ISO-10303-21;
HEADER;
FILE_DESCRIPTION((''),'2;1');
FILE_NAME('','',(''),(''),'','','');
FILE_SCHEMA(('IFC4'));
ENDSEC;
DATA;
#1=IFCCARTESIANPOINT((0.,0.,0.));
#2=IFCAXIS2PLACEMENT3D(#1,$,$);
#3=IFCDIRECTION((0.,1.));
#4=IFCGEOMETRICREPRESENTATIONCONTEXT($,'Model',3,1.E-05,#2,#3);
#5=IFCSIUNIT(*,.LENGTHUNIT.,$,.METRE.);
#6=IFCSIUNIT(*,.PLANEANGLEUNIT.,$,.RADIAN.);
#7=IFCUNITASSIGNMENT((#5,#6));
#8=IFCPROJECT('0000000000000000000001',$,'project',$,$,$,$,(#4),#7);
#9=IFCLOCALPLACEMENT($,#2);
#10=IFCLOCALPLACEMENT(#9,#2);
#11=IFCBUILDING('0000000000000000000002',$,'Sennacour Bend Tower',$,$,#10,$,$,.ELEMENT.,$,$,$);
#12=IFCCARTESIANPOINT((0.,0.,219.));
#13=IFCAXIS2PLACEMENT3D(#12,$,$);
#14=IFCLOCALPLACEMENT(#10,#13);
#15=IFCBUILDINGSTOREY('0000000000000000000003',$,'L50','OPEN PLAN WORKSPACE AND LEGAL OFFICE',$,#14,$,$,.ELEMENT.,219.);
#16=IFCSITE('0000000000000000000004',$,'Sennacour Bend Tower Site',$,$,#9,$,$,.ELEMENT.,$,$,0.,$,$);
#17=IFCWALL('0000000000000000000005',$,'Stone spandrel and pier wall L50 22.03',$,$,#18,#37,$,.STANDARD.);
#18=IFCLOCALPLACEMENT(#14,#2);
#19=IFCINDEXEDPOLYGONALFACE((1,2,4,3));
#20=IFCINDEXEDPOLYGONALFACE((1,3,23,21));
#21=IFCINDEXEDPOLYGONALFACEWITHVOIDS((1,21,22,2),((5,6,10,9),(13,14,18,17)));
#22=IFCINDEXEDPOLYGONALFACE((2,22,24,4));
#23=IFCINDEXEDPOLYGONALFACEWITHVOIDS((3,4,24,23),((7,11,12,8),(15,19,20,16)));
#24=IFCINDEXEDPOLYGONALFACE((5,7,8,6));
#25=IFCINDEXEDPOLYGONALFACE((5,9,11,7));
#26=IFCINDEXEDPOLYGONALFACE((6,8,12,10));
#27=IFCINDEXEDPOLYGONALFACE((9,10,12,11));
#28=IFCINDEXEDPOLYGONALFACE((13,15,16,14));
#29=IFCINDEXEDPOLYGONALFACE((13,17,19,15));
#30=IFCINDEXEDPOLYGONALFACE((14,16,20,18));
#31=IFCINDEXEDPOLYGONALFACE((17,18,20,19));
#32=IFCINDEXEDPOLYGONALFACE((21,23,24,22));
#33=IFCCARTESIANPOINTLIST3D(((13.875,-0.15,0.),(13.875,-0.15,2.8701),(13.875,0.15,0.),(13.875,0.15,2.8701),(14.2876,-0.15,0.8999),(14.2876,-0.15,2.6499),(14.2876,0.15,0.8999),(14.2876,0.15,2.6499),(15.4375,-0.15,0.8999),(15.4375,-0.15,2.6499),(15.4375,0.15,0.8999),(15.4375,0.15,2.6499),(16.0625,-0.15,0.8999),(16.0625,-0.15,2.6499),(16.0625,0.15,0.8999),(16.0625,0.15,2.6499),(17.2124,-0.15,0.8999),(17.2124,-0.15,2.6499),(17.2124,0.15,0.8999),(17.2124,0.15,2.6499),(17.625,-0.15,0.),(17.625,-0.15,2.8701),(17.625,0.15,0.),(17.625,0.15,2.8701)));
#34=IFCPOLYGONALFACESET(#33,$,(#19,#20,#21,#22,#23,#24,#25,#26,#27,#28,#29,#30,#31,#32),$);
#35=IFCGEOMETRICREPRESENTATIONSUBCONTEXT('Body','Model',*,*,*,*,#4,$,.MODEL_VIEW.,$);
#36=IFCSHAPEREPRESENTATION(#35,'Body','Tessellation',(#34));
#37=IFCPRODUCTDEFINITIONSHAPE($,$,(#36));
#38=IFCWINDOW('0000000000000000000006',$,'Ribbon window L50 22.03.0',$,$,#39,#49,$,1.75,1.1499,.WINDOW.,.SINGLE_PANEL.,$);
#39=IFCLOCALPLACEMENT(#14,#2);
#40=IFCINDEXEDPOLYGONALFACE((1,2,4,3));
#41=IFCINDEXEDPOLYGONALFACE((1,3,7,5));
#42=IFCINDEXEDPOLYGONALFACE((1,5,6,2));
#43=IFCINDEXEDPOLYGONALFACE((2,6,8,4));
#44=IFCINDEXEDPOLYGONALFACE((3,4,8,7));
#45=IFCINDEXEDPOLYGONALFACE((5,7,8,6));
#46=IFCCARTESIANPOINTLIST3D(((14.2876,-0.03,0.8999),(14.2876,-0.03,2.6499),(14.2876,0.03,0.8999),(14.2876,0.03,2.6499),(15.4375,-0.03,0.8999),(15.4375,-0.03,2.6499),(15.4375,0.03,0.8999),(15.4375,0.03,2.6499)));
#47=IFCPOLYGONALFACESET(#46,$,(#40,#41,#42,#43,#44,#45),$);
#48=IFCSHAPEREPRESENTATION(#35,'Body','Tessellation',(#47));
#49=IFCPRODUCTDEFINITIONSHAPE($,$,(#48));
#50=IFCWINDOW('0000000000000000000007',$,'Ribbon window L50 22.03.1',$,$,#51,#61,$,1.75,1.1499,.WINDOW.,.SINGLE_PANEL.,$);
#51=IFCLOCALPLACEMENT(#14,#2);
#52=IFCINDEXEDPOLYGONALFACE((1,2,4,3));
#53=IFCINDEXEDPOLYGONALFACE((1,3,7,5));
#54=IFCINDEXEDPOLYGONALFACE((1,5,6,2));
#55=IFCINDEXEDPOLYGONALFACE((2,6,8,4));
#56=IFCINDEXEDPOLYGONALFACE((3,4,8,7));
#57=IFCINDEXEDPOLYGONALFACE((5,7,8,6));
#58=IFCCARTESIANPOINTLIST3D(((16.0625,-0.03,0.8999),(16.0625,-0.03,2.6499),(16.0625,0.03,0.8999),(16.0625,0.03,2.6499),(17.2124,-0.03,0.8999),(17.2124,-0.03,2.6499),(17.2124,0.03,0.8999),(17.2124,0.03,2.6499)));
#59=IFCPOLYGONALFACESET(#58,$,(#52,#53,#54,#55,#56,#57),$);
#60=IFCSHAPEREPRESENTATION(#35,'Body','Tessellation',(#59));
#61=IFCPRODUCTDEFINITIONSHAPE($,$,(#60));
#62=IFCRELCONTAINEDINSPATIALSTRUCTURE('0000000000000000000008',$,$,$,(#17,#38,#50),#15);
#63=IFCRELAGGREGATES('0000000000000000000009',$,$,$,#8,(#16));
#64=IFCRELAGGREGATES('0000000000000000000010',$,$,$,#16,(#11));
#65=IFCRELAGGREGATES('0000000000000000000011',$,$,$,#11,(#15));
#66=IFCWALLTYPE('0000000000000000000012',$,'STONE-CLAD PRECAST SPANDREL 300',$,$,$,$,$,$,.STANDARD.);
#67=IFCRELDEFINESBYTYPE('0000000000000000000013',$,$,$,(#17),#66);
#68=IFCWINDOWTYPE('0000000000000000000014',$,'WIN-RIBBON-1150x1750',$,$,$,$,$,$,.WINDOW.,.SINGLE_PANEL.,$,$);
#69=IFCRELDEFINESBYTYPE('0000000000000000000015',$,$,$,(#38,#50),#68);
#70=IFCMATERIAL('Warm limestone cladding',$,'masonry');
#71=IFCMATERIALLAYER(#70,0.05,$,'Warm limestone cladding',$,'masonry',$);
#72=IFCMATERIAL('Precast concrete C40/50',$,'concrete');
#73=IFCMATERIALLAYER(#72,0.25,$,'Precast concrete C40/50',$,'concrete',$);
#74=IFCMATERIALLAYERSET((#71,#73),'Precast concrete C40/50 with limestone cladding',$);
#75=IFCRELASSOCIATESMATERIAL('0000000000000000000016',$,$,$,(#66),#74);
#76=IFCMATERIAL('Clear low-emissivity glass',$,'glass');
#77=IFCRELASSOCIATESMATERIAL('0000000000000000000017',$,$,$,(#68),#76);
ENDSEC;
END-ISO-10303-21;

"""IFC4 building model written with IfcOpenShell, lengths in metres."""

from ifc_helpers import new_model, si_unit, direction, frame, frame_2d, origin, place, context, subcontext, project, spatial, rectangle, extrude, material, layer, layer_set, type_object, element, fill, save


model = new_model("IFC4")

# Units and contexts
model_context = context("Model", 3, precision=1e-05, world=origin(), true_north=direction((0.0, 1.0)))
body_context = subcontext(model_context, "Body", "Model", "MODEL_VIEW")
ifc_project = project(units=[si_unit("LENGTHUNIT", "METRE"), si_unit("PLANEANGLEUNIT", "RADIAN")], contexts=[model_context])

# Site, building, storey
site_placement = place(None, origin())
site = spatial("IfcSite", under=ifc_project, at=site_placement, Name="Sennacour Bend Tower Site", CompositionType="ELEMENT", RefElevation=0.0)
building_placement = place(site_placement, origin())
building = spatial("IfcBuilding", under=site, at=building_placement, Name="Sennacour Bend Tower", CompositionType="ELEMENT")
storey_placement = place(building_placement, frame((0.0, 0.0, 219.0)))
storey = spatial("IfcBuildingStorey", under=building, at=storey_placement, Name="L50", Description="OPEN PLAN WORKSPACE AND LEGAL OFFICE", CompositionType="ELEMENT", Elevation=219.0)

# Wall, openings, windows
ifc_material_1 = material(Name="Warm limestone cladding", Category="masonry")
ifc_layer_1 = layer(ifc_material_1, 0.05, Name="Warm limestone cladding", Category="masonry")
ifc_material_2 = material(Name="Precast concrete C40/50", Category="concrete")
ifc_layer_2 = layer(ifc_material_2, 0.25, Name="Precast concrete C40/50", Category="concrete")
ifc_layer_set_1 = layer_set([ifc_layer_1, ifc_layer_2], Name="Precast concrete C40/50 with limestone cladding")
wall_type_1 = type_object("IfcWallType", Name="STONE-CLAD PRECAST SPANDREL 300", PredefinedType="STANDARD", material=ifc_layer_set_1)
wall_1_placement = place(storey_placement, frame((13.875, 0.0, 0.0), z_axis=(0.0, 0.0, 1.0), x_axis=(1.0, 0.0, 0.0)))
wall_1 = element("IfcWall", 1, at=wall_1_placement, inside=storey, type_object=wall_type_1, Name="Stone spandrel and pier wall L50 22.03", PredefinedType="STANDARD", context=body_context, shape_type="SweptSolid", body=[
    extrude(rectangle(XDim=3.75, YDim=0.3, at=frame_2d((1.875, 0.0))), origin(), (0.0, 0.0, 1.0), 2.8701),
])
opening_1_placement = place(wall_1_placement, frame((0.4126, 0.0, 0.8999)))
opening_1 = element("IfcOpeningElement", 2, at=opening_1_placement, cuts=wall_1, PredefinedType="OPENING", context=body_context, shape_type="SweptSolid", body=[
    extrude(rectangle(XDim=1.1499, YDim=1.75, at=frame_2d((0.575, 0.875))), frame((0.0, 0.1602, 0.0), z_axis=(0.0, -1.0, 0.0), x_axis=(1.0, 0.0, 0.0)), (0.0, 0.0, 1.0), 0.3201),
])
opening_2_placement = place(wall_1_placement, frame((2.1875, 0.0, 0.8999)))
opening_2 = element("IfcOpeningElement", 3, at=opening_2_placement, cuts=wall_1, PredefinedType="OPENING", context=body_context, shape_type="SweptSolid", body=[
    extrude(rectangle(XDim=1.1499, YDim=1.75, at=frame_2d((0.575, 0.875))), frame((0.0, 0.1602, 0.0), z_axis=(0.0, -1.0, 0.0), x_axis=(1.0, 0.0, 0.0)), (0.0, 0.0, 1.0), 0.3201),
])
ifc_material_3 = material(Name="Clear low-emissivity glass", Category="glass")
window_type = type_object("IfcWindowType", Name="WIN-RIBBON-1150x1750", PartitioningType="SINGLE_PANEL", PredefinedType="WINDOW", material=ifc_material_3)
window_1_placement = place(opening_1_placement, origin())
window_1 = element("IfcWindow", 4, at=window_1_placement, inside=storey, type_object=window_type, Name="Ribbon window L50 22.03.0", OverallHeight=1.75, OverallWidth=1.1499, PartitioningType="SINGLE_PANEL", PredefinedType="WINDOW", context=body_context, shape_type="SweptSolid", body=[
    extrude(rectangle(XDim=1.1499, YDim=1.75, at=frame_2d((0.575, 0.875))), frame((0.0, 0.03, 0.0), z_axis=(0.0, -1.0, 0.0), x_axis=(1.0, 0.0, 0.0)), (0.0, 0.0, 1.0), 0.0601),
])
fill(opening_1, window_1)
window_2_placement = place(opening_2_placement, origin())
window_2 = element("IfcWindow", 5, at=window_2_placement, inside=storey, type_object=window_type, Name="Ribbon window L50 22.03.1", OverallHeight=1.75, OverallWidth=1.1499, PartitioningType="SINGLE_PANEL", PredefinedType="WINDOW", context=body_context, shape_type="SweptSolid", body=[
    extrude(rectangle(XDim=1.1499, YDim=1.75, at=frame_2d((0.575, 0.875))), frame((0.0, 0.03, 0.0), z_axis=(0.0, -1.0, 0.0), x_axis=(1.0, 0.0, 0.0)), (0.0, 0.0, 1.0), 0.0601),
])
fill(opening_2, window_2)

save(model, "model.ifc")
